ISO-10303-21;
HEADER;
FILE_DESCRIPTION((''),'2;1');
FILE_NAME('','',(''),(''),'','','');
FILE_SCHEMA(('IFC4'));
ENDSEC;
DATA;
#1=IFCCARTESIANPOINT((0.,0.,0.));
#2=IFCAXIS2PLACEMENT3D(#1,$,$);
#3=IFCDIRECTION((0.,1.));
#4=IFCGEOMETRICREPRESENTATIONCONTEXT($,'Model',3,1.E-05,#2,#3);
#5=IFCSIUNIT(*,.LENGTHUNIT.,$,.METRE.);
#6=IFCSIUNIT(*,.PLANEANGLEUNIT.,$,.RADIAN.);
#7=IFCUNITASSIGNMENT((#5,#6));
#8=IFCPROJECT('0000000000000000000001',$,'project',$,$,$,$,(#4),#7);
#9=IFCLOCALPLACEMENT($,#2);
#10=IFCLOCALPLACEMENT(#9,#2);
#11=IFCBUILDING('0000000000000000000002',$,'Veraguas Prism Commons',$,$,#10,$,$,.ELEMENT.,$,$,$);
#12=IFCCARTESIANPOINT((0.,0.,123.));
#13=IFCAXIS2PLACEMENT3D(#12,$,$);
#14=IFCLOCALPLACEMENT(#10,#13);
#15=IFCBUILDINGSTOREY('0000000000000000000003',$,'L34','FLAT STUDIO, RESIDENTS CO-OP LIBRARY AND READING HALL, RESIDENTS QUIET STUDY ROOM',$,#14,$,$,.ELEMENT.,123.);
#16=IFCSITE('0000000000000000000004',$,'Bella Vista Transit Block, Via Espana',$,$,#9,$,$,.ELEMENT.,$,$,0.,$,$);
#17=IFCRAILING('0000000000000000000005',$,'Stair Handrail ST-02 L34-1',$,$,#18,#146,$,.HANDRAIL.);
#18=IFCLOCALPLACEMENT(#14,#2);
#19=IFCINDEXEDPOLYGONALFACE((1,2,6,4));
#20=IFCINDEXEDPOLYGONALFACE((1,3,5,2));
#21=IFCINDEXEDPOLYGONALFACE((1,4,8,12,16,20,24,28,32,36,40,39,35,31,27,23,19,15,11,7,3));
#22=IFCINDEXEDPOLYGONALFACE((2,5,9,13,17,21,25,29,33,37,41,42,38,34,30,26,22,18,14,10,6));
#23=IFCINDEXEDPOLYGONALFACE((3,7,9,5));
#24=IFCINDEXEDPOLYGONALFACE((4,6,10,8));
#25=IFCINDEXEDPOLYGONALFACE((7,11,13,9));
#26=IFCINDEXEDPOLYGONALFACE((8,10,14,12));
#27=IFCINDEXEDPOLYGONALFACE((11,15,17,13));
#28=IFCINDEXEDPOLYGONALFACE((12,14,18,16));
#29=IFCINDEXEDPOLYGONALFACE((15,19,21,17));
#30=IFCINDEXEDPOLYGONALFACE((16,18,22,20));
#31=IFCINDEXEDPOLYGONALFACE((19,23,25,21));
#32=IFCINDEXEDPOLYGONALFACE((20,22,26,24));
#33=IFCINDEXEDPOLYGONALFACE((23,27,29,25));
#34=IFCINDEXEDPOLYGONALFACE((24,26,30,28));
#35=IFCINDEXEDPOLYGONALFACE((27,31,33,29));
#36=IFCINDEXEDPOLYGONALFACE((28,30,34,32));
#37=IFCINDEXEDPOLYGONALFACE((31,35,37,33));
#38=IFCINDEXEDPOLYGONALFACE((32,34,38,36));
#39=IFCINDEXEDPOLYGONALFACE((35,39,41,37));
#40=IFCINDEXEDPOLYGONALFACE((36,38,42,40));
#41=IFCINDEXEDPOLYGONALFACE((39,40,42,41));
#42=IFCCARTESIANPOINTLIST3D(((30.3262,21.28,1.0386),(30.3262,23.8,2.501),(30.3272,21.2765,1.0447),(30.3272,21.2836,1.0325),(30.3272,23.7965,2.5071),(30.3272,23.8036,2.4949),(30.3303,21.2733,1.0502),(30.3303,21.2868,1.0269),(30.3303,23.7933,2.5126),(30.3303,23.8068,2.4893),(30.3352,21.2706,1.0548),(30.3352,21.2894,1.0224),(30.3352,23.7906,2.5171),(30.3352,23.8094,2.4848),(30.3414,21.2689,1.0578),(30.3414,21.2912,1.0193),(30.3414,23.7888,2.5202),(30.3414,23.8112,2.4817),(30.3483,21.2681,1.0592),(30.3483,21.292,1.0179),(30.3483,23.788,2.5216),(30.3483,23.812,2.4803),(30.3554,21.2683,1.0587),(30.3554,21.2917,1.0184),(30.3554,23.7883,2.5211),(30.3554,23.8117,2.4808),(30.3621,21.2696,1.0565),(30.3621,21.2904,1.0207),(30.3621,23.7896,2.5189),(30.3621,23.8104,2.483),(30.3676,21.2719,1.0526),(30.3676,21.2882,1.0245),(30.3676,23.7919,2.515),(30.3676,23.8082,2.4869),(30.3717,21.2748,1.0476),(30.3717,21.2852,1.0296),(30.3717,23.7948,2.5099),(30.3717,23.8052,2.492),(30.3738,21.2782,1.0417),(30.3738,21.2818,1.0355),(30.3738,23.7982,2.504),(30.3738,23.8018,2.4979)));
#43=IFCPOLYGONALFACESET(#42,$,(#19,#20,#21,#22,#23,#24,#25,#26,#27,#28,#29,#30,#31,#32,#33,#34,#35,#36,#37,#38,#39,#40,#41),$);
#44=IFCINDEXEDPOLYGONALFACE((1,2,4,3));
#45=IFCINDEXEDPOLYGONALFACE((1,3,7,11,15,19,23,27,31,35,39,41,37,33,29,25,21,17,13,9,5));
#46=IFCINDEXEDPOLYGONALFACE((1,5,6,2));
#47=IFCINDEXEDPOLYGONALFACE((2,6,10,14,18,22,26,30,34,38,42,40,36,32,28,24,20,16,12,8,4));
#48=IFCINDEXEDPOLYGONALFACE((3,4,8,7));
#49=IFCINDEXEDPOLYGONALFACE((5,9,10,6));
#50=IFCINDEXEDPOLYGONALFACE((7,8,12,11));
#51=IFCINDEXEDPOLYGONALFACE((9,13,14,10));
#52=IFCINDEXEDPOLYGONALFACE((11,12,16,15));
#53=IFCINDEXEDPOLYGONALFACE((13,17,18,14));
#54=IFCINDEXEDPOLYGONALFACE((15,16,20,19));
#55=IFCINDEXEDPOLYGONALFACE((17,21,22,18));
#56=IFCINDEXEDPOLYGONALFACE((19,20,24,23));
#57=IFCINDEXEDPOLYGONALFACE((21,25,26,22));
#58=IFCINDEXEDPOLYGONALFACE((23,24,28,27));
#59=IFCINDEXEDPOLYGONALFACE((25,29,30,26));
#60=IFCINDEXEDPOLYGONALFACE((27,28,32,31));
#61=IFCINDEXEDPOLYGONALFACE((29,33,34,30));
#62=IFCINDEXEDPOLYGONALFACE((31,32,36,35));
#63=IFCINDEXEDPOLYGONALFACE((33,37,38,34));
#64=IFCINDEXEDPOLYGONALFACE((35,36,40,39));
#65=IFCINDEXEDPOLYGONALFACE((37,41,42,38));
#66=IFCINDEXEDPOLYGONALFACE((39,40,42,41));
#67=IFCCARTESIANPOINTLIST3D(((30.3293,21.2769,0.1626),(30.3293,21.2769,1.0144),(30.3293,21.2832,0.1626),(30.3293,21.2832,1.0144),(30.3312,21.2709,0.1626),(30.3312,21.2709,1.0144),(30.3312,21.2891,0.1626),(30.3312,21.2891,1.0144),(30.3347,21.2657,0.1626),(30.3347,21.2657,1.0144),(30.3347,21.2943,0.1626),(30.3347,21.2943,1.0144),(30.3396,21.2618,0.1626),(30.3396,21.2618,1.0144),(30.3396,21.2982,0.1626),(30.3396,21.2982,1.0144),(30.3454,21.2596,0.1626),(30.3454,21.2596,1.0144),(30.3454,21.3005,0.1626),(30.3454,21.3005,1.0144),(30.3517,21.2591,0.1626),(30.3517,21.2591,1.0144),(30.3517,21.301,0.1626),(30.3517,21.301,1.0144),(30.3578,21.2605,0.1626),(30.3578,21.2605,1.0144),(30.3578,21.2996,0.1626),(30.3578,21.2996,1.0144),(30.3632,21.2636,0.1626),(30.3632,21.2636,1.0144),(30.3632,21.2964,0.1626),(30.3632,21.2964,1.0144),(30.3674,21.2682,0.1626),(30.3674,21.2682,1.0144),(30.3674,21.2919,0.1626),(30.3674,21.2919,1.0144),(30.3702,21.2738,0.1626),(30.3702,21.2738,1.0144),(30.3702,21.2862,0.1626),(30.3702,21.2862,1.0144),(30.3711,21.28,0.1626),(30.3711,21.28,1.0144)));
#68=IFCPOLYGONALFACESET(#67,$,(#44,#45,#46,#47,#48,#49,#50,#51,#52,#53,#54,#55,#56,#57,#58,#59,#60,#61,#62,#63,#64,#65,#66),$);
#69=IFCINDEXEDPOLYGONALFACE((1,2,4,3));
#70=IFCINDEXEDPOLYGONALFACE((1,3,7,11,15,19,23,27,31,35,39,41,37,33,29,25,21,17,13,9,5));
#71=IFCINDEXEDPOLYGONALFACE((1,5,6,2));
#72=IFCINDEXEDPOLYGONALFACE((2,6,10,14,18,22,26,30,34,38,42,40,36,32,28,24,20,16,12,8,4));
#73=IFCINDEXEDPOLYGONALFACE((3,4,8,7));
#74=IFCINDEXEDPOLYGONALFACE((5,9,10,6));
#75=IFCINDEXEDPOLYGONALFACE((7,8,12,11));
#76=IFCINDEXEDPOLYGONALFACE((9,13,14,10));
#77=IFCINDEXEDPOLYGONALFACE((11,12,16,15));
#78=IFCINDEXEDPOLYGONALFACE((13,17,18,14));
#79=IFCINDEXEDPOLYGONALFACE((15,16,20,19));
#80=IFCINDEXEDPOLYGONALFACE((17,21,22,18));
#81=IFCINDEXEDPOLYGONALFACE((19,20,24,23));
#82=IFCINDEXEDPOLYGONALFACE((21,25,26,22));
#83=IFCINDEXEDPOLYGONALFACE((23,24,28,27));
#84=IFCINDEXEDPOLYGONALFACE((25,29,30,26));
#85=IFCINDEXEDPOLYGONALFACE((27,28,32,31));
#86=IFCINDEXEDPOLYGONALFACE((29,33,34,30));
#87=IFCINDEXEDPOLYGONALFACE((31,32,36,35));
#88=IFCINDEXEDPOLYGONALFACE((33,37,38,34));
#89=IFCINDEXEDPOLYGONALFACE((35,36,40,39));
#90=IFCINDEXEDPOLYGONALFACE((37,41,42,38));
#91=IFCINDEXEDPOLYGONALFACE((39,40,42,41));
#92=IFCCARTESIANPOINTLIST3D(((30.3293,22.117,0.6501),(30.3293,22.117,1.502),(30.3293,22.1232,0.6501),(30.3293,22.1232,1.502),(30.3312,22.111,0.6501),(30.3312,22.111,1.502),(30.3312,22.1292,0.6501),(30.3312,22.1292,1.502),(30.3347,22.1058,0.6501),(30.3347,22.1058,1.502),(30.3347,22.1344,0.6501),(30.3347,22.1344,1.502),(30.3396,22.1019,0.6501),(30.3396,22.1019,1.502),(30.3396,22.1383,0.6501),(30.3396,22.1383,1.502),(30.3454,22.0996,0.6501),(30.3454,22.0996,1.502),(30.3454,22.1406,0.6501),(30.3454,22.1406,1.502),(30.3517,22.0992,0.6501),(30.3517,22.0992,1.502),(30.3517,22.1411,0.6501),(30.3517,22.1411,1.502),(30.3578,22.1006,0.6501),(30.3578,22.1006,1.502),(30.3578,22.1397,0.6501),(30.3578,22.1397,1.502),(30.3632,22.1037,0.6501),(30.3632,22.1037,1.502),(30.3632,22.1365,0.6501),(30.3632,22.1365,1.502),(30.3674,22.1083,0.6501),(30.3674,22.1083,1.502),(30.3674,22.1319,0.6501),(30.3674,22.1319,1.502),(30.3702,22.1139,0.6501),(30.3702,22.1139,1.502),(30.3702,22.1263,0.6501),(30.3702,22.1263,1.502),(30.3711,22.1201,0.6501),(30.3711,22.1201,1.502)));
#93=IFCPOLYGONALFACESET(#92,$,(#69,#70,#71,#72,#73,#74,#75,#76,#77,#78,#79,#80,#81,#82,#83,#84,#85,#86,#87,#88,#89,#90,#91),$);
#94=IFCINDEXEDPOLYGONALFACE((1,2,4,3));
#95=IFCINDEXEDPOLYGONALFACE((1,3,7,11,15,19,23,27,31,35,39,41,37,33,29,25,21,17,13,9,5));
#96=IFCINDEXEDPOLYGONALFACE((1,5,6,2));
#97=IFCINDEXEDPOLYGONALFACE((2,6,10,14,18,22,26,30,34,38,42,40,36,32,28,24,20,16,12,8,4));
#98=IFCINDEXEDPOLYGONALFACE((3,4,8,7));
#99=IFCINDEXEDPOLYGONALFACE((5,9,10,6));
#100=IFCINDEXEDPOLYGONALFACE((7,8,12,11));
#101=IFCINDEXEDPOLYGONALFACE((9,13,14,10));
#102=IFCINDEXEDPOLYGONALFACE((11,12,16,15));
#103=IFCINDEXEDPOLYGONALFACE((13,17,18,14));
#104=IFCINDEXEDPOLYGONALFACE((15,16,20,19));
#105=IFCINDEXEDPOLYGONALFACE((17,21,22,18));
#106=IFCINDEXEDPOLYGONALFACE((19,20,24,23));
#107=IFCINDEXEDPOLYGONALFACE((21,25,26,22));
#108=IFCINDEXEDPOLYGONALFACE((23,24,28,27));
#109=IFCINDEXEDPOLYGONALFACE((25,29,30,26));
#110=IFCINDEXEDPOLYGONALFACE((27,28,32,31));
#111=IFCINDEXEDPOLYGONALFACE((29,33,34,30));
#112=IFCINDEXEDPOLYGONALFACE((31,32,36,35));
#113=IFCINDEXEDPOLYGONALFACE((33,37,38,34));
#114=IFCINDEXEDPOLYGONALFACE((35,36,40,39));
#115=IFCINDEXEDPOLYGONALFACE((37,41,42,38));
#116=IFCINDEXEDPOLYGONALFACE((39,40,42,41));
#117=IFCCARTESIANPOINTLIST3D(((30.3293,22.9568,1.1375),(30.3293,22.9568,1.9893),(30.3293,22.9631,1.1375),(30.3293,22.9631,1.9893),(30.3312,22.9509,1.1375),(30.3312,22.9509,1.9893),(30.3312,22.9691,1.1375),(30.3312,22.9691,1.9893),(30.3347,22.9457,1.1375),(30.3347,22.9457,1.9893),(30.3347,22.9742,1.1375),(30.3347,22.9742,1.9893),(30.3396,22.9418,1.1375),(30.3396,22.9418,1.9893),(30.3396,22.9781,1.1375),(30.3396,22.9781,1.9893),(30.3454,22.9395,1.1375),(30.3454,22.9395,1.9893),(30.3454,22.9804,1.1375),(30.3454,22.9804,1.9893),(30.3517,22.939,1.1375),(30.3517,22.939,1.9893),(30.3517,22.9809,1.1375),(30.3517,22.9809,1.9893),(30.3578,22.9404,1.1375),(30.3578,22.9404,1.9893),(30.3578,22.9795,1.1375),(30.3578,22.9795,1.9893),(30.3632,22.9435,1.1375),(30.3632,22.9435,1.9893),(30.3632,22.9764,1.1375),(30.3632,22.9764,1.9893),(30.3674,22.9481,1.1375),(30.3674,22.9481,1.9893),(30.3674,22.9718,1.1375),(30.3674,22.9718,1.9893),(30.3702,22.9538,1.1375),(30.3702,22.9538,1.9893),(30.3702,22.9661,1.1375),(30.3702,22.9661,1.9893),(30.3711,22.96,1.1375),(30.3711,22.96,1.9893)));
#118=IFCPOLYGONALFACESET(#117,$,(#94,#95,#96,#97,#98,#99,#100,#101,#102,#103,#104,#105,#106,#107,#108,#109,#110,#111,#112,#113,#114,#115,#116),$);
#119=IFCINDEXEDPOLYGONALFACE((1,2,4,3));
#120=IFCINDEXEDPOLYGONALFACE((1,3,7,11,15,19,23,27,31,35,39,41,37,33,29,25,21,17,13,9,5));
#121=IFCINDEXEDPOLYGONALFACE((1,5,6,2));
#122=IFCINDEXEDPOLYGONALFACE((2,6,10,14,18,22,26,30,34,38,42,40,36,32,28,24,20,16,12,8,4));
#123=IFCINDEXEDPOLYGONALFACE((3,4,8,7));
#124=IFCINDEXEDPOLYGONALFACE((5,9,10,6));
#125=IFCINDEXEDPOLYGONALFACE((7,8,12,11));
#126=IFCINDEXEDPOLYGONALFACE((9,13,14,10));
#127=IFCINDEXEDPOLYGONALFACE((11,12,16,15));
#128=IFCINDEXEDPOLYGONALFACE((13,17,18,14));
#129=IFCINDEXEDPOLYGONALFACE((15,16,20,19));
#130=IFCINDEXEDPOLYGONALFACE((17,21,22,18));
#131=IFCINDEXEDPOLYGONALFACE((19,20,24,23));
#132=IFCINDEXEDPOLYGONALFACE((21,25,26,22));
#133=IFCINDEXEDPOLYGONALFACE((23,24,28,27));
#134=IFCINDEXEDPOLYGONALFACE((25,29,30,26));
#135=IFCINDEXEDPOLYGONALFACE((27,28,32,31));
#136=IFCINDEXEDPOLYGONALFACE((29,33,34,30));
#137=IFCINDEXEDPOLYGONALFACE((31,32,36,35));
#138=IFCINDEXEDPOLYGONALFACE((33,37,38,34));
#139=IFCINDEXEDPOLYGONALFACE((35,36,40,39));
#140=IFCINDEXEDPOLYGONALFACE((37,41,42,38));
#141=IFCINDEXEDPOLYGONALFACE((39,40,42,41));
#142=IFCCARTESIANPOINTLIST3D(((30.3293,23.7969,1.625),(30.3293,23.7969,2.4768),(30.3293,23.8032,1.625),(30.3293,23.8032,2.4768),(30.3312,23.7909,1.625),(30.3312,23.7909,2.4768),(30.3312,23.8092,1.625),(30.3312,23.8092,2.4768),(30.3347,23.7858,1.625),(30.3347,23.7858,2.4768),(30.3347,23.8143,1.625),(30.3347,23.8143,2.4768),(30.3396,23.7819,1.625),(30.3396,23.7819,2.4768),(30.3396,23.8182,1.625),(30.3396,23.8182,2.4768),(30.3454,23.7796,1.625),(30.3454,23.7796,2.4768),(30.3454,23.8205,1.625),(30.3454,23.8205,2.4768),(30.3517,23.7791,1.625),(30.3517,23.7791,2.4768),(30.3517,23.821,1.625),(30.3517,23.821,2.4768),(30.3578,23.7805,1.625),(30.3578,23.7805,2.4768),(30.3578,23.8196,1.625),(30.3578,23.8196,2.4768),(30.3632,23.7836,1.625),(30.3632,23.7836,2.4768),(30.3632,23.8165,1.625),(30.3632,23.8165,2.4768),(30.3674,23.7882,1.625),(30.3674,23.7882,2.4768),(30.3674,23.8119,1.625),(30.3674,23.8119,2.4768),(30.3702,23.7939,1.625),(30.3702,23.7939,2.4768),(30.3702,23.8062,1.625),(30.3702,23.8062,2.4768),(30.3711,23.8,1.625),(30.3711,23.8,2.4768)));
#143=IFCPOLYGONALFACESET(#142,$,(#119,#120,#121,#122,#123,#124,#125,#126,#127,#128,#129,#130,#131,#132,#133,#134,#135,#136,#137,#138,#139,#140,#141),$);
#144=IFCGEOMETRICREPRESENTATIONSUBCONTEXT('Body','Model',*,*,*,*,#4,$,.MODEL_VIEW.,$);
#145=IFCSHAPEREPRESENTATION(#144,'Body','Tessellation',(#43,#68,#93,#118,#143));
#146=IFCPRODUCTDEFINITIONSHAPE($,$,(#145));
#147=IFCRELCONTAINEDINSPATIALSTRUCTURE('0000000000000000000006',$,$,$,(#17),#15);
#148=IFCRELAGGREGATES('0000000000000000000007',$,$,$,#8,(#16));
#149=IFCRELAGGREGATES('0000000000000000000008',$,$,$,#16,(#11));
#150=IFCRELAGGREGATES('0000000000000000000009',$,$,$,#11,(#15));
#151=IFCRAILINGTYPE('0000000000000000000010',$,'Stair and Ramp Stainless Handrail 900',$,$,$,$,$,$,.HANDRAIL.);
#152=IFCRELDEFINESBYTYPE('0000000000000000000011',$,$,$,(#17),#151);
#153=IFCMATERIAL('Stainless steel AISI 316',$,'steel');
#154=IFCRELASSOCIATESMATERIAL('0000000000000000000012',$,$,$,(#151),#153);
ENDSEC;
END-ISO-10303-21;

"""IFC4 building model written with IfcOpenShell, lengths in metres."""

from ifc_helpers import new_model, si_unit, direction, frame, origin, origin_2d, place, context, subcontext, project, spatial, circle, extrude, material, type_object, element, save


model = new_model("IFC4")

# Units and contexts
model_context = context("Model", 3, precision=1e-05, world=origin(), true_north=direction((0.0, 1.0)))
body_context = subcontext(model_context, "Body", "Model", "MODEL_VIEW")
ifc_project = project(units=[si_unit("LENGTHUNIT", "METRE"), si_unit("PLANEANGLEUNIT", "RADIAN")], contexts=[model_context])

# Site, building, storey
site_placement = place(None, origin())
site = spatial("IfcSite", under=ifc_project, at=site_placement, Name="Bella Vista Transit Block, Via Espana", CompositionType="ELEMENT", RefElevation=0.0)
building_placement = place(site_placement, origin())
building = spatial("IfcBuilding", under=site, at=building_placement, Name="Veraguas Prism Commons", CompositionType="ELEMENT")
storey_placement = place(building_placement, frame((0.0, 0.0, 123.0)))
storey = spatial("IfcBuildingStorey", under=building, at=storey_placement, Name="L34", Description="FLAT STUDIO, RESIDENTS CO-OP LIBRARY AND READING HALL, RESIDENTS QUIET STUDY ROOM", CompositionType="ELEMENT", Elevation=123.0)

# Shared definitions
ifc_material_1 = material(Name="Stainless steel AISI 316", Category="steel")

# Railing
railing_type_1 = type_object("IfcRailingType", Name="Stair and Ramp Stainless Handrail 900", PredefinedType="HANDRAIL", material=ifc_material_1)
railing_1_placement = place(storey_placement, frame((30.3501, 21.28, 0.1626)))
element("IfcRailing", 1, at=railing_1_placement, inside=storey, type_object=railing_type_1, Name="Stair Handrail ST-02 L34-1", PredefinedType="HANDRAIL", context=body_context, shape_type="SweptSolid", body=[
    extrude(circle(Radius=0.0239, at=origin_2d()), frame((0.0, 0.0, 0.876), z_axis=(0.0, 0.864913, 0.501921), x_axis=(-1.0, 0.0, 0.0)), (0.0, 0.0, 1.0), 2.9136),
    extrude(circle(Radius=0.021, at=origin_2d()), origin(), (0.0, 0.0, 1.0), 0.8518),
    extrude(circle(Radius=0.021, at=origin_2d()), frame((0.0, 0.8401, 0.4875)), (0.0, 0.0, 1.0), 0.8518),
    extrude(circle(Radius=0.021, at=origin_2d()), frame((0.0, 1.6799, 0.9749)), (0.0, 0.0, 1.0), 0.8518),
    extrude(circle(Radius=0.021, at=origin_2d()), frame((0.0, 2.52, 1.4624)), (0.0, 0.0, 1.0), 0.8518),
])

save(model, "model.ifc")
